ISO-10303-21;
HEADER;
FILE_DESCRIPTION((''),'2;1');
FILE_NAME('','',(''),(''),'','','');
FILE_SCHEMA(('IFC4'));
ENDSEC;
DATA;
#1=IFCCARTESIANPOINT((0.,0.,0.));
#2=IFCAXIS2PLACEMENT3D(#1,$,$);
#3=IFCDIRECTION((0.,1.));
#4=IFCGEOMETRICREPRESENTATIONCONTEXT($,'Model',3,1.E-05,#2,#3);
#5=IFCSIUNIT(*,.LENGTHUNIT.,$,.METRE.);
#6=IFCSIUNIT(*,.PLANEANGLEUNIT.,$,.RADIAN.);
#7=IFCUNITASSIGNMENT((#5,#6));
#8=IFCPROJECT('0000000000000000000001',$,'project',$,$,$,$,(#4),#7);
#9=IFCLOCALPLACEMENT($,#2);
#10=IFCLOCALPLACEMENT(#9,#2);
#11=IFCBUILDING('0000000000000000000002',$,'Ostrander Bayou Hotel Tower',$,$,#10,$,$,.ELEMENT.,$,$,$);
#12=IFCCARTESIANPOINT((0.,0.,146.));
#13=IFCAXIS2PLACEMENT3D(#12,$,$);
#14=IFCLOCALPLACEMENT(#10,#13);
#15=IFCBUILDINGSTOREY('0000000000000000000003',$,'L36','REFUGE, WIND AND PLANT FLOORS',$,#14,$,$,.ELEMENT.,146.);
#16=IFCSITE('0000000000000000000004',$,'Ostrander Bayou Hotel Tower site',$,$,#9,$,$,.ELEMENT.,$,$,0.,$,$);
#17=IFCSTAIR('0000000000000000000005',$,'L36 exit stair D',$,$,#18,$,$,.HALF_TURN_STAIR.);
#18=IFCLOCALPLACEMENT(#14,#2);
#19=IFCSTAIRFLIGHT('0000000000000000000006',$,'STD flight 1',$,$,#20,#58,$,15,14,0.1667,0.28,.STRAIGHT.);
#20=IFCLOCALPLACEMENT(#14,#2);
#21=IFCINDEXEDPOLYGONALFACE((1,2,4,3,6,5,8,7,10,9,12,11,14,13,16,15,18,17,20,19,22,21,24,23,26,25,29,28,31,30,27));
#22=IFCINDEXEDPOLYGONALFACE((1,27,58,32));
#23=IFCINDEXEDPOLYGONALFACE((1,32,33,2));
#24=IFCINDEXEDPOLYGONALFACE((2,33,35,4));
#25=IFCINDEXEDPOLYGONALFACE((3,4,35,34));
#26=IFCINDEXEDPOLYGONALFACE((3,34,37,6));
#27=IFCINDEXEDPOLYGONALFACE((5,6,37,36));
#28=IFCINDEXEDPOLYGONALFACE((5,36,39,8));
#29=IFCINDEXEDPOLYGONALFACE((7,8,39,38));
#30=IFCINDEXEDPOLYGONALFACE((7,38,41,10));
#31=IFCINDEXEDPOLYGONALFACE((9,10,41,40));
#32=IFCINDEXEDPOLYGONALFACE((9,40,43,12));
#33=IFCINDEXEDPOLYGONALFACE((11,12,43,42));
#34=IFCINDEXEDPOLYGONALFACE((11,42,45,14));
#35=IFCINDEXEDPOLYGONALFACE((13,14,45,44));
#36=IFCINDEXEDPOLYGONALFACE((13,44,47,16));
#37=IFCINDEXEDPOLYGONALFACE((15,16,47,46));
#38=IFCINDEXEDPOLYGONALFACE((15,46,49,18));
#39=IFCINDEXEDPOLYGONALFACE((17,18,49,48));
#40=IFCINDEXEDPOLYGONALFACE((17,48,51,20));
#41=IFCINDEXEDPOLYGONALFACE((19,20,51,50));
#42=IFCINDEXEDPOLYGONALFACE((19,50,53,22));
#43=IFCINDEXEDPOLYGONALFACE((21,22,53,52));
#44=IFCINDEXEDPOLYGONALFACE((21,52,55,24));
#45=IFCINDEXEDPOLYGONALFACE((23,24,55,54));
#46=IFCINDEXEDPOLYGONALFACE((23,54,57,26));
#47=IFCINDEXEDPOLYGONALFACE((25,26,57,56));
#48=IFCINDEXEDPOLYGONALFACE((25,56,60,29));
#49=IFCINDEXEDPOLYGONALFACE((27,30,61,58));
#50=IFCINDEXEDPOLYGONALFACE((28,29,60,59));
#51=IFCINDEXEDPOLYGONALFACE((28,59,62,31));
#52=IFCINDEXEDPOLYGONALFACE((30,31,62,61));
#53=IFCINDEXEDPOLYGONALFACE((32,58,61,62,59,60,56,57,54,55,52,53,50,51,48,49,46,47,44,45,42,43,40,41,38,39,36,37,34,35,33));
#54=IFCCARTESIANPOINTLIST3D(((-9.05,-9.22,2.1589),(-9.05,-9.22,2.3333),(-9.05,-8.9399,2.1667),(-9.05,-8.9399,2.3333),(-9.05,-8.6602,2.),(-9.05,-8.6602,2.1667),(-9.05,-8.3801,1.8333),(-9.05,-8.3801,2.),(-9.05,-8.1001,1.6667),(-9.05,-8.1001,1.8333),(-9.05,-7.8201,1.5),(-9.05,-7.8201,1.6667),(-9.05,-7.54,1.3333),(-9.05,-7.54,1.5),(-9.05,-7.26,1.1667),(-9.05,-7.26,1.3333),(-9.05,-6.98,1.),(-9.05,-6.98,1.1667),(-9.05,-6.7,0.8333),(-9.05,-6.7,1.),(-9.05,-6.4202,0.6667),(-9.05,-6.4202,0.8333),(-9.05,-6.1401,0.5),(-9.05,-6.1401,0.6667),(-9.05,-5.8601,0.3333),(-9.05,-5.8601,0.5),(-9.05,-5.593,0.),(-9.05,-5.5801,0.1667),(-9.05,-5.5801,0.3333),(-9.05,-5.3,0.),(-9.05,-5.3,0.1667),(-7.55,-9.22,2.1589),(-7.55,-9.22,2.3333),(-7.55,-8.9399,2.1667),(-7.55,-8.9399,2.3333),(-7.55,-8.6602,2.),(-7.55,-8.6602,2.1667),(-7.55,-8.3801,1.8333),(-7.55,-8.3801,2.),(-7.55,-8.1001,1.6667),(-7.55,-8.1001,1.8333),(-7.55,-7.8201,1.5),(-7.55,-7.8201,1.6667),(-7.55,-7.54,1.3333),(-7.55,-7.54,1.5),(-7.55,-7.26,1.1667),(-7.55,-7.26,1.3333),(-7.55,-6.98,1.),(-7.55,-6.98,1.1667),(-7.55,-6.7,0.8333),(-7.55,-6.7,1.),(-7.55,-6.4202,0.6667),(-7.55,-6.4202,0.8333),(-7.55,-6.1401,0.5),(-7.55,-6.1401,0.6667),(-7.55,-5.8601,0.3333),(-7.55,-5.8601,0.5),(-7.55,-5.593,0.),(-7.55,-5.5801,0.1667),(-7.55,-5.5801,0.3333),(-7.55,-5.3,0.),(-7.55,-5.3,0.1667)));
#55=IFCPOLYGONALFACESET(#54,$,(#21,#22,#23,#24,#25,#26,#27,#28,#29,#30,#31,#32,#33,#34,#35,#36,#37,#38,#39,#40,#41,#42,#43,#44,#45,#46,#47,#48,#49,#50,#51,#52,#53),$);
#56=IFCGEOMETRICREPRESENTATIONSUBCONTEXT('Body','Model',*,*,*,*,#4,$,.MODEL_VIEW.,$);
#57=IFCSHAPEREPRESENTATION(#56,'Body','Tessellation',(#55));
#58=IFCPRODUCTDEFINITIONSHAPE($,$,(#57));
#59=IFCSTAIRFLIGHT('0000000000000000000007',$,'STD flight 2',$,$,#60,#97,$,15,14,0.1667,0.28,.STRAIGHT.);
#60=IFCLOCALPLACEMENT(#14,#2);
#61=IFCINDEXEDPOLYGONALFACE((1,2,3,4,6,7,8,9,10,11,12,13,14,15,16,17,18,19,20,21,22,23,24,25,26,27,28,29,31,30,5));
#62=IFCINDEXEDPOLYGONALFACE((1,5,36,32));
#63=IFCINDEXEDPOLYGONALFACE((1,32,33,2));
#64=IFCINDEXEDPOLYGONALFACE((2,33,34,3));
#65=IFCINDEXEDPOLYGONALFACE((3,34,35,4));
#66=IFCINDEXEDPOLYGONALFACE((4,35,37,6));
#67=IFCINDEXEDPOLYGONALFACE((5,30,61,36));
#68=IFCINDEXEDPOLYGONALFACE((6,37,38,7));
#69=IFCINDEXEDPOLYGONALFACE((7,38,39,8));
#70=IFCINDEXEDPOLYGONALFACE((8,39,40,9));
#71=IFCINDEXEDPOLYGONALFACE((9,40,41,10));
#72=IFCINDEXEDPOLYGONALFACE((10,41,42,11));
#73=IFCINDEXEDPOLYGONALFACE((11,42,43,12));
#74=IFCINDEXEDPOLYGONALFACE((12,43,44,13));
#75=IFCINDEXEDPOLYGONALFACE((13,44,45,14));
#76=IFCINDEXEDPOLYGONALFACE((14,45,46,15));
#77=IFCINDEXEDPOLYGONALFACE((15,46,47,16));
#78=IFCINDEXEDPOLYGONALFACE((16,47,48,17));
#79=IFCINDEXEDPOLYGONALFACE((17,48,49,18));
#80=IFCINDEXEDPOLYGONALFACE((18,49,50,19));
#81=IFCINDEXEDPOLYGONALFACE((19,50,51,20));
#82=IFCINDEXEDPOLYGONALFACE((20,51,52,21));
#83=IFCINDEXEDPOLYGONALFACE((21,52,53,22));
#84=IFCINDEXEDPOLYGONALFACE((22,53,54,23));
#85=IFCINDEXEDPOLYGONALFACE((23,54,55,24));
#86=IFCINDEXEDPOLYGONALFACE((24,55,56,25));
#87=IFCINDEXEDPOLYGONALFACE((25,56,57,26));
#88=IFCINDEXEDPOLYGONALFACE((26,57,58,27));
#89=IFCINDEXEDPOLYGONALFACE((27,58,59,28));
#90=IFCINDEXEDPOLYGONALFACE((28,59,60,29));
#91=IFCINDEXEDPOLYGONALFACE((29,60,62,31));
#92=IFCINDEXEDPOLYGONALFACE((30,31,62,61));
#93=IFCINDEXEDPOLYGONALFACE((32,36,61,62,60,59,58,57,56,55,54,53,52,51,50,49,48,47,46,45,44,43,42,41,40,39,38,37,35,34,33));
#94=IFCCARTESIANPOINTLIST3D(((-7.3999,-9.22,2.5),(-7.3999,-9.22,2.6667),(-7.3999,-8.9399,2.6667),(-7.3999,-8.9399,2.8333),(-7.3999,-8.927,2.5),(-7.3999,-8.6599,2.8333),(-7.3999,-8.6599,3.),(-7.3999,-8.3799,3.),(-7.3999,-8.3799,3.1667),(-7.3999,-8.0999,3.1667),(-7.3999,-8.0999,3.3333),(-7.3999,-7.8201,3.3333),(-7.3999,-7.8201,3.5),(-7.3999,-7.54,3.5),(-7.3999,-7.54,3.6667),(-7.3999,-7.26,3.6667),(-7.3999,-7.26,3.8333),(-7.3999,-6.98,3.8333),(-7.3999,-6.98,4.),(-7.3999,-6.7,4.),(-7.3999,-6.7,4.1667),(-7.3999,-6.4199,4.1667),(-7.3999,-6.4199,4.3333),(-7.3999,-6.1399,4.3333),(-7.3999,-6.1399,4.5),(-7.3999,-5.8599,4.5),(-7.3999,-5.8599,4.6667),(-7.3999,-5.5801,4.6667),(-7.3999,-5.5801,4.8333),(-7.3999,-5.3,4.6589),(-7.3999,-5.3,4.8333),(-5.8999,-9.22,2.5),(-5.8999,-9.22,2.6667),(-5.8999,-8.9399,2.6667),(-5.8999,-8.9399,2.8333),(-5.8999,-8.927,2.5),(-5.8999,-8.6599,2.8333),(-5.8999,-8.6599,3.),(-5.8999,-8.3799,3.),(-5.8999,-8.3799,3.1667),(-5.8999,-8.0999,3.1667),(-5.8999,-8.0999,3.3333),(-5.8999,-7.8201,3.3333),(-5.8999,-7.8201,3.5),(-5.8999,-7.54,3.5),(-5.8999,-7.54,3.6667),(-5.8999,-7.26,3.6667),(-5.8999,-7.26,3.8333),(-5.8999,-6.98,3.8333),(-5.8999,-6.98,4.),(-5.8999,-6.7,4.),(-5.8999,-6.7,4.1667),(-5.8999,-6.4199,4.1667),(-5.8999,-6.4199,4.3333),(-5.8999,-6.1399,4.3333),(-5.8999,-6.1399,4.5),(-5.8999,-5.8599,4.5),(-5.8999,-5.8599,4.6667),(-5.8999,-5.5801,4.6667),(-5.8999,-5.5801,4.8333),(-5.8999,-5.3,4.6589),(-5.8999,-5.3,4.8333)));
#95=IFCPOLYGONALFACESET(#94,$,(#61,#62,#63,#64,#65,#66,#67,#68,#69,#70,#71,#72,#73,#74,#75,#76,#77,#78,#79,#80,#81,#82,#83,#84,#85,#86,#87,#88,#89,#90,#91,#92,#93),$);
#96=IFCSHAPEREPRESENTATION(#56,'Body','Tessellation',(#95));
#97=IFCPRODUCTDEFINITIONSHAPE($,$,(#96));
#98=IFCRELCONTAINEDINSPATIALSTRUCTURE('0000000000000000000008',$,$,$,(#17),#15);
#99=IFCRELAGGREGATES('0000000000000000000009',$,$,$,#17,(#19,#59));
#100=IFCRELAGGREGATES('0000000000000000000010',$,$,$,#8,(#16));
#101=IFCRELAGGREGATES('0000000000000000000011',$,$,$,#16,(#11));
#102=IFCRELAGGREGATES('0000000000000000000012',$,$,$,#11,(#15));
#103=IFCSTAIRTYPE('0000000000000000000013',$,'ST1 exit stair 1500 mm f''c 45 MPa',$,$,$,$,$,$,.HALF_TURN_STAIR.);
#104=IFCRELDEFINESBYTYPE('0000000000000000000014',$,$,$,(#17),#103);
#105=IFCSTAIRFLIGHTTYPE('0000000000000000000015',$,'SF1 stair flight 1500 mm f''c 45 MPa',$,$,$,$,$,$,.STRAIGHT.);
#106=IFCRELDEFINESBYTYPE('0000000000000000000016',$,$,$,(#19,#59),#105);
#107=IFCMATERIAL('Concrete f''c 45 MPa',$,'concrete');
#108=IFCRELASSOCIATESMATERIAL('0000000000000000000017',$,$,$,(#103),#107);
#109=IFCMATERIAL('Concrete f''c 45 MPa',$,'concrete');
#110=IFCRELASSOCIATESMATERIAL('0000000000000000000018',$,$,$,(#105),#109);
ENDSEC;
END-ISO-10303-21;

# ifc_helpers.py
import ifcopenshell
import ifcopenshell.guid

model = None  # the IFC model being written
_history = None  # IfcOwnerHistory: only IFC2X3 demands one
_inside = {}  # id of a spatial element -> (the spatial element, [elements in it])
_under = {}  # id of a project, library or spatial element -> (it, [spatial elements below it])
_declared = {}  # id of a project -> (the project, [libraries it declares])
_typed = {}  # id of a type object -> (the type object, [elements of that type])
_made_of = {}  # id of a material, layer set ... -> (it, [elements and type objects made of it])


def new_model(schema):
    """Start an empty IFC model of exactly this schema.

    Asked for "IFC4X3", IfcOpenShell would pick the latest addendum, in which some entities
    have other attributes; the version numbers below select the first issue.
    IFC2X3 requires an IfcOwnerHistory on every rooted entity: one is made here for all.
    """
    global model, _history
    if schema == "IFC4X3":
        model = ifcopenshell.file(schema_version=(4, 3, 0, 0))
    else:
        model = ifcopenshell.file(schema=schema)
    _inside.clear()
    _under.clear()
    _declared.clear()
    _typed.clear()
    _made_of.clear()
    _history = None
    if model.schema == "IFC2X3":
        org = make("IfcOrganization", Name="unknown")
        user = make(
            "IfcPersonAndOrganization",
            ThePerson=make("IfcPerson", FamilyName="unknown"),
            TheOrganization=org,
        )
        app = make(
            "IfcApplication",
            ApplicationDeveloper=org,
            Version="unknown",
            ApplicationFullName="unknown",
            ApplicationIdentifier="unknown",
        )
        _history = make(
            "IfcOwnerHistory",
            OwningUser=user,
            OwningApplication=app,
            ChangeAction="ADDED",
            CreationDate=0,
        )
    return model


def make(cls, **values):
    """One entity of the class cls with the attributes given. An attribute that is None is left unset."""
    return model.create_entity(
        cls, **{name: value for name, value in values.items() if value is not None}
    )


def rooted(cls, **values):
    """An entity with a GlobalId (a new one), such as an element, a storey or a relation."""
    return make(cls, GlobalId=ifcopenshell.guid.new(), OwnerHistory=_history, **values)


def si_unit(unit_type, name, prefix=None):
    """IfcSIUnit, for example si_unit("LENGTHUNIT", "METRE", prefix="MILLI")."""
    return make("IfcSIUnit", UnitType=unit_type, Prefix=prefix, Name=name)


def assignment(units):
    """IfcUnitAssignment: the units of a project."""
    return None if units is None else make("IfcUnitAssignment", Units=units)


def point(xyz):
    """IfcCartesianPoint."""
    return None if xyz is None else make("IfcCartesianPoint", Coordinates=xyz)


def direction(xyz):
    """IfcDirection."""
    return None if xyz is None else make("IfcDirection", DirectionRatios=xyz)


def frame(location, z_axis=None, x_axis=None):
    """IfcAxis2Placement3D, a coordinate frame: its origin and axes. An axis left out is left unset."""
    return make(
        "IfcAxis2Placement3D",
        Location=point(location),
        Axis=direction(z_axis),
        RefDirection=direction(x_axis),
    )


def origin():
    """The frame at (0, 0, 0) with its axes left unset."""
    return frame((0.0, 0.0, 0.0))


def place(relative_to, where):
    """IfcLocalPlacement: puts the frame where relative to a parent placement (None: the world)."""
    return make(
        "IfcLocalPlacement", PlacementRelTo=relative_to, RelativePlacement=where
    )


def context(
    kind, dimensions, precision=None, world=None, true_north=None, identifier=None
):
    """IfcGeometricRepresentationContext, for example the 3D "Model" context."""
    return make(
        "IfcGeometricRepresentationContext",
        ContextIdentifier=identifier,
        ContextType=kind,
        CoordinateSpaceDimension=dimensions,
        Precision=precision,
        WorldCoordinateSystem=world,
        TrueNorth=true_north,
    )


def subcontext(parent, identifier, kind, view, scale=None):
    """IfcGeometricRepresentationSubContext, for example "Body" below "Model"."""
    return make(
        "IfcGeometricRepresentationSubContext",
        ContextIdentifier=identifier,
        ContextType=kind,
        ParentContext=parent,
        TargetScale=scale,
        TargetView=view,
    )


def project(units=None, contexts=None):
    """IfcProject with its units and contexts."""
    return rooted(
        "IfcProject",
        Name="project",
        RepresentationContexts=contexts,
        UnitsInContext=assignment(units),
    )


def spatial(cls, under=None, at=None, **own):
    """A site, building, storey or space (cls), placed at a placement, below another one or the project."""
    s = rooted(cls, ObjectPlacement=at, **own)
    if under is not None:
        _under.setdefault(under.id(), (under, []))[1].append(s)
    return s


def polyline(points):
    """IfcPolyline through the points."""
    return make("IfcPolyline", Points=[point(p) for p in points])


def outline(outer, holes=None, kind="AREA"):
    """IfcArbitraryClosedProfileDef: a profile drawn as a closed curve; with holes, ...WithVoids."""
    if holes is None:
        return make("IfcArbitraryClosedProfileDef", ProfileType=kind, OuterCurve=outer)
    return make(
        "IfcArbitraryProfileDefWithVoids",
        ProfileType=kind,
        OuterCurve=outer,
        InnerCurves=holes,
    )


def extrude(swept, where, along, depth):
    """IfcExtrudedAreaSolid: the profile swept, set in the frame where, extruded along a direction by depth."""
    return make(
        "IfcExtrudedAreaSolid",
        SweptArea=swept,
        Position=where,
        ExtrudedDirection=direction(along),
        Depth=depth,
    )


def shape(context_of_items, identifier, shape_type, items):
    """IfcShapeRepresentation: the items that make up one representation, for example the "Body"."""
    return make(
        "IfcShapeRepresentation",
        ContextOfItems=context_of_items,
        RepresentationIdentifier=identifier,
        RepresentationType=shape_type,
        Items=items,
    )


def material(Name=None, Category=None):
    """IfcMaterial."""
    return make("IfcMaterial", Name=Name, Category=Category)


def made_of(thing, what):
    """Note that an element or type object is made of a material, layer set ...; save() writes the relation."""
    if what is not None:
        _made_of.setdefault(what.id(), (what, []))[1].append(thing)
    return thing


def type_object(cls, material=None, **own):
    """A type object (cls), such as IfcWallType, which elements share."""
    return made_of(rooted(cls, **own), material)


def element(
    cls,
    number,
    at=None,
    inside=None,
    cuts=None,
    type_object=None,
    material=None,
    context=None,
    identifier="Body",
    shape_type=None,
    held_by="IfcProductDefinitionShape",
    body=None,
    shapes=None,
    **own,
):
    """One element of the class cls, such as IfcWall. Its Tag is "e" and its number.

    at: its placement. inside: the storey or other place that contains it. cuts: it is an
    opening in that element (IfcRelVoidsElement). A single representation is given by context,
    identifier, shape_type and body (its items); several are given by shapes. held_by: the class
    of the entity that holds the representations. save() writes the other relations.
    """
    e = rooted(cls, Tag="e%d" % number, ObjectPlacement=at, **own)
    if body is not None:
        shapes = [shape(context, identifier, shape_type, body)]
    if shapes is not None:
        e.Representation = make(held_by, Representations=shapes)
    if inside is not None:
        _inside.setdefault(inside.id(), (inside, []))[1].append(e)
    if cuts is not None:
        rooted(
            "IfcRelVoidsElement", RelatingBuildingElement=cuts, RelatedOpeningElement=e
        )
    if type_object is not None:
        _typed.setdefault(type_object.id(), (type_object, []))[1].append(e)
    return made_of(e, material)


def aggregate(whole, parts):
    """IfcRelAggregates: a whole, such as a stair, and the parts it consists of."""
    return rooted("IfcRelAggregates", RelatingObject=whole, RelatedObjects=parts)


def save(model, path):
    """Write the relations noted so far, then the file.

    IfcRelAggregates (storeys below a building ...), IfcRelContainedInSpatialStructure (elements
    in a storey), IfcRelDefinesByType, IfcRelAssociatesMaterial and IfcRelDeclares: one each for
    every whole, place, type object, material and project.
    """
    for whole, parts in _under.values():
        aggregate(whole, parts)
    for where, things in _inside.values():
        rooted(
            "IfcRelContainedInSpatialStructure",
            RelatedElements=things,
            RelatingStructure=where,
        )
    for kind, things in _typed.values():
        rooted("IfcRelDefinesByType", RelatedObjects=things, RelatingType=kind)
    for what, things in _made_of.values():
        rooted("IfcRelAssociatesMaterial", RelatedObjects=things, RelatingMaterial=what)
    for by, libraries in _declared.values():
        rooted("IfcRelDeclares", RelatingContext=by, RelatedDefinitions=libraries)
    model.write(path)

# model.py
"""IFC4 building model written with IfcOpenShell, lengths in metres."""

from ifc_helpers import new_model, si_unit, direction, frame, origin, place, context, subcontext, project, spatial, polyline, outline, extrude, material, type_object, element, aggregate, save


model = new_model("IFC4")

# Units and contexts
model_context = context("Model", 3, precision=1e-05, world=origin(), true_north=direction((0.0, 1.0)))
body_context = subcontext(model_context, "Body", "Model", "MODEL_VIEW")
ifc_project = project(units=[si_unit("LENGTHUNIT", "METRE"), si_unit("PLANEANGLEUNIT", "RADIAN")], contexts=[model_context])

# Site, building, storey
site_placement = place(None, origin())
site = spatial("IfcSite", under=ifc_project, at=site_placement, Name="Ostrander Bayou Hotel Tower site", CompositionType="ELEMENT", RefElevation=0.0)
building_placement = place(site_placement, origin())
building = spatial("IfcBuilding", under=site, at=building_placement, Name="Ostrander Bayou Hotel Tower", CompositionType="ELEMENT")
storey_placement = place(building_placement, frame((0.0, 0.0, 146.0)))
storey = spatial("IfcBuildingStorey", under=building, at=storey_placement, Name="L36", Description="REFUGE, WIND AND PLANT FLOORS", CompositionType="ELEMENT", Elevation=146.0)

# Stair, stair flights
ifc_material_1 = material(Name="Concrete f'c 45 MPa", Category="concrete")
stair_type = type_object("IfcStairType", Name="ST1 exit stair 1500 mm f'c 45 MPa", PredefinedType="HALF_TURN_STAIR", material=ifc_material_1)
stair_placement = place(storey_placement, origin())
stair = element("IfcStair", 1, at=stair_placement, inside=storey, type_object=stair_type, Name="L36 exit stair D", PredefinedType="HALF_TURN_STAIR")
ifc_material_2 = material(Name="Concrete f'c 45 MPa", Category="concrete")
stair_flight_type = type_object("IfcStairFlightType", Name="SF1 stair flight 1500 mm f'c 45 MPa", PredefinedType="STRAIGHT", material=ifc_material_2)
stair_flight_1_placement = place(storey_placement, frame((-8.3, -5.3, 0.0), z_axis=(0.0, 0.0, 1.0), x_axis=(0.0, -1.0, 0.0)))
stair_flight_1 = element("IfcStairFlight", 2, at=stair_flight_1_placement, type_object=stair_flight_type, Name="STD flight 1", NumberOfRisers=15, NumberOfTreads=14, PredefinedType="STRAIGHT", RiserHeight=0.1667, TreadLength=0.28, context=body_context, shape_type="SweptSolid", body=[
    extrude(outline(polyline([(0.0, 0.0), (0.0, 0.1667), (0.28, 0.1667), (0.28, 0.3333), (0.5601, 0.3333), (0.5601, 0.5), (0.8401, 0.5), (0.8401, 0.6667), (1.1201, 0.6667), (1.1201, 0.8333), (1.3999, 0.8333), (1.3999, 1.0), (1.6799, 1.0), (1.6799, 1.1667), (1.96, 1.1667), (1.96, 1.3333), (2.24, 1.3333), (2.24, 1.5), (2.52, 1.5), (2.52, 1.6667), (2.8, 1.6667), (2.8, 1.8333), (3.0801, 1.8333), (3.0801, 2.0), (3.3601, 2.0), (3.3601, 2.1667), (3.6399, 2.1667), (3.6399, 2.3333), (3.9199, 2.3333), (3.9199, 2.5), (3.9199, 2.1589), (0.293, 0.0), (0.0, 0.0)])), frame((0.0, 0.75, 0.0), z_axis=(0.0, -1.0, 0.0), x_axis=(1.0, 0.0, 0.0)), (0.0, 0.0, 1.0), 1.5),
])
stair_flight_2_placement = place(storey_placement, frame((-6.6499, -9.22, 2.5), z_axis=(0.0, 0.0, 1.0), x_axis=(0.0, 1.0, 0.0)))
stair_flight_2 = element("IfcStairFlight", 3, at=stair_flight_2_placement, type_object=stair_flight_type, Name="STD flight 2", NumberOfRisers=15, NumberOfTreads=14, PredefinedType="STRAIGHT", RiserHeight=0.1667, TreadLength=0.28, context=body_context, shape_type="SweptSolid", body=[
    extrude(outline(polyline([(0.0, 0.0), (0.0, 0.1667), (0.28, 0.1667), (0.28, 0.3333), (0.5601, 0.3333), (0.5601, 0.5), (0.8401, 0.5), (0.8401, 0.6667), (1.1201, 0.6667), (1.1201, 0.8333), (1.3999, 0.8333), (1.3999, 1.0), (1.6799, 1.0), (1.6799, 1.1667), (1.96, 1.1667), (1.96, 1.3333), (2.24, 1.3333), (2.24, 1.5), (2.52, 1.5), (2.52, 1.6667), (2.8, 1.6667), (2.8, 1.8333), (3.0801, 1.8333), (3.0801, 2.0), (3.3601, 2.0), (3.3601, 2.1667), (3.6399, 2.1667), (3.6399, 2.3333), (3.9199, 2.3333), (3.9199, 2.5), (3.9199, 2.1589), (0.293, 0.0), (0.0, 0.0)])), frame((0.0, 0.75, 0.0), z_axis=(0.0, -1.0, 0.0), x_axis=(1.0, 0.0, 0.0)), (0.0, 0.0, 1.0), 1.5),
])
aggregate(stair, [stair_flight_1, stair_flight_2])

save(model, "model.ifc")
